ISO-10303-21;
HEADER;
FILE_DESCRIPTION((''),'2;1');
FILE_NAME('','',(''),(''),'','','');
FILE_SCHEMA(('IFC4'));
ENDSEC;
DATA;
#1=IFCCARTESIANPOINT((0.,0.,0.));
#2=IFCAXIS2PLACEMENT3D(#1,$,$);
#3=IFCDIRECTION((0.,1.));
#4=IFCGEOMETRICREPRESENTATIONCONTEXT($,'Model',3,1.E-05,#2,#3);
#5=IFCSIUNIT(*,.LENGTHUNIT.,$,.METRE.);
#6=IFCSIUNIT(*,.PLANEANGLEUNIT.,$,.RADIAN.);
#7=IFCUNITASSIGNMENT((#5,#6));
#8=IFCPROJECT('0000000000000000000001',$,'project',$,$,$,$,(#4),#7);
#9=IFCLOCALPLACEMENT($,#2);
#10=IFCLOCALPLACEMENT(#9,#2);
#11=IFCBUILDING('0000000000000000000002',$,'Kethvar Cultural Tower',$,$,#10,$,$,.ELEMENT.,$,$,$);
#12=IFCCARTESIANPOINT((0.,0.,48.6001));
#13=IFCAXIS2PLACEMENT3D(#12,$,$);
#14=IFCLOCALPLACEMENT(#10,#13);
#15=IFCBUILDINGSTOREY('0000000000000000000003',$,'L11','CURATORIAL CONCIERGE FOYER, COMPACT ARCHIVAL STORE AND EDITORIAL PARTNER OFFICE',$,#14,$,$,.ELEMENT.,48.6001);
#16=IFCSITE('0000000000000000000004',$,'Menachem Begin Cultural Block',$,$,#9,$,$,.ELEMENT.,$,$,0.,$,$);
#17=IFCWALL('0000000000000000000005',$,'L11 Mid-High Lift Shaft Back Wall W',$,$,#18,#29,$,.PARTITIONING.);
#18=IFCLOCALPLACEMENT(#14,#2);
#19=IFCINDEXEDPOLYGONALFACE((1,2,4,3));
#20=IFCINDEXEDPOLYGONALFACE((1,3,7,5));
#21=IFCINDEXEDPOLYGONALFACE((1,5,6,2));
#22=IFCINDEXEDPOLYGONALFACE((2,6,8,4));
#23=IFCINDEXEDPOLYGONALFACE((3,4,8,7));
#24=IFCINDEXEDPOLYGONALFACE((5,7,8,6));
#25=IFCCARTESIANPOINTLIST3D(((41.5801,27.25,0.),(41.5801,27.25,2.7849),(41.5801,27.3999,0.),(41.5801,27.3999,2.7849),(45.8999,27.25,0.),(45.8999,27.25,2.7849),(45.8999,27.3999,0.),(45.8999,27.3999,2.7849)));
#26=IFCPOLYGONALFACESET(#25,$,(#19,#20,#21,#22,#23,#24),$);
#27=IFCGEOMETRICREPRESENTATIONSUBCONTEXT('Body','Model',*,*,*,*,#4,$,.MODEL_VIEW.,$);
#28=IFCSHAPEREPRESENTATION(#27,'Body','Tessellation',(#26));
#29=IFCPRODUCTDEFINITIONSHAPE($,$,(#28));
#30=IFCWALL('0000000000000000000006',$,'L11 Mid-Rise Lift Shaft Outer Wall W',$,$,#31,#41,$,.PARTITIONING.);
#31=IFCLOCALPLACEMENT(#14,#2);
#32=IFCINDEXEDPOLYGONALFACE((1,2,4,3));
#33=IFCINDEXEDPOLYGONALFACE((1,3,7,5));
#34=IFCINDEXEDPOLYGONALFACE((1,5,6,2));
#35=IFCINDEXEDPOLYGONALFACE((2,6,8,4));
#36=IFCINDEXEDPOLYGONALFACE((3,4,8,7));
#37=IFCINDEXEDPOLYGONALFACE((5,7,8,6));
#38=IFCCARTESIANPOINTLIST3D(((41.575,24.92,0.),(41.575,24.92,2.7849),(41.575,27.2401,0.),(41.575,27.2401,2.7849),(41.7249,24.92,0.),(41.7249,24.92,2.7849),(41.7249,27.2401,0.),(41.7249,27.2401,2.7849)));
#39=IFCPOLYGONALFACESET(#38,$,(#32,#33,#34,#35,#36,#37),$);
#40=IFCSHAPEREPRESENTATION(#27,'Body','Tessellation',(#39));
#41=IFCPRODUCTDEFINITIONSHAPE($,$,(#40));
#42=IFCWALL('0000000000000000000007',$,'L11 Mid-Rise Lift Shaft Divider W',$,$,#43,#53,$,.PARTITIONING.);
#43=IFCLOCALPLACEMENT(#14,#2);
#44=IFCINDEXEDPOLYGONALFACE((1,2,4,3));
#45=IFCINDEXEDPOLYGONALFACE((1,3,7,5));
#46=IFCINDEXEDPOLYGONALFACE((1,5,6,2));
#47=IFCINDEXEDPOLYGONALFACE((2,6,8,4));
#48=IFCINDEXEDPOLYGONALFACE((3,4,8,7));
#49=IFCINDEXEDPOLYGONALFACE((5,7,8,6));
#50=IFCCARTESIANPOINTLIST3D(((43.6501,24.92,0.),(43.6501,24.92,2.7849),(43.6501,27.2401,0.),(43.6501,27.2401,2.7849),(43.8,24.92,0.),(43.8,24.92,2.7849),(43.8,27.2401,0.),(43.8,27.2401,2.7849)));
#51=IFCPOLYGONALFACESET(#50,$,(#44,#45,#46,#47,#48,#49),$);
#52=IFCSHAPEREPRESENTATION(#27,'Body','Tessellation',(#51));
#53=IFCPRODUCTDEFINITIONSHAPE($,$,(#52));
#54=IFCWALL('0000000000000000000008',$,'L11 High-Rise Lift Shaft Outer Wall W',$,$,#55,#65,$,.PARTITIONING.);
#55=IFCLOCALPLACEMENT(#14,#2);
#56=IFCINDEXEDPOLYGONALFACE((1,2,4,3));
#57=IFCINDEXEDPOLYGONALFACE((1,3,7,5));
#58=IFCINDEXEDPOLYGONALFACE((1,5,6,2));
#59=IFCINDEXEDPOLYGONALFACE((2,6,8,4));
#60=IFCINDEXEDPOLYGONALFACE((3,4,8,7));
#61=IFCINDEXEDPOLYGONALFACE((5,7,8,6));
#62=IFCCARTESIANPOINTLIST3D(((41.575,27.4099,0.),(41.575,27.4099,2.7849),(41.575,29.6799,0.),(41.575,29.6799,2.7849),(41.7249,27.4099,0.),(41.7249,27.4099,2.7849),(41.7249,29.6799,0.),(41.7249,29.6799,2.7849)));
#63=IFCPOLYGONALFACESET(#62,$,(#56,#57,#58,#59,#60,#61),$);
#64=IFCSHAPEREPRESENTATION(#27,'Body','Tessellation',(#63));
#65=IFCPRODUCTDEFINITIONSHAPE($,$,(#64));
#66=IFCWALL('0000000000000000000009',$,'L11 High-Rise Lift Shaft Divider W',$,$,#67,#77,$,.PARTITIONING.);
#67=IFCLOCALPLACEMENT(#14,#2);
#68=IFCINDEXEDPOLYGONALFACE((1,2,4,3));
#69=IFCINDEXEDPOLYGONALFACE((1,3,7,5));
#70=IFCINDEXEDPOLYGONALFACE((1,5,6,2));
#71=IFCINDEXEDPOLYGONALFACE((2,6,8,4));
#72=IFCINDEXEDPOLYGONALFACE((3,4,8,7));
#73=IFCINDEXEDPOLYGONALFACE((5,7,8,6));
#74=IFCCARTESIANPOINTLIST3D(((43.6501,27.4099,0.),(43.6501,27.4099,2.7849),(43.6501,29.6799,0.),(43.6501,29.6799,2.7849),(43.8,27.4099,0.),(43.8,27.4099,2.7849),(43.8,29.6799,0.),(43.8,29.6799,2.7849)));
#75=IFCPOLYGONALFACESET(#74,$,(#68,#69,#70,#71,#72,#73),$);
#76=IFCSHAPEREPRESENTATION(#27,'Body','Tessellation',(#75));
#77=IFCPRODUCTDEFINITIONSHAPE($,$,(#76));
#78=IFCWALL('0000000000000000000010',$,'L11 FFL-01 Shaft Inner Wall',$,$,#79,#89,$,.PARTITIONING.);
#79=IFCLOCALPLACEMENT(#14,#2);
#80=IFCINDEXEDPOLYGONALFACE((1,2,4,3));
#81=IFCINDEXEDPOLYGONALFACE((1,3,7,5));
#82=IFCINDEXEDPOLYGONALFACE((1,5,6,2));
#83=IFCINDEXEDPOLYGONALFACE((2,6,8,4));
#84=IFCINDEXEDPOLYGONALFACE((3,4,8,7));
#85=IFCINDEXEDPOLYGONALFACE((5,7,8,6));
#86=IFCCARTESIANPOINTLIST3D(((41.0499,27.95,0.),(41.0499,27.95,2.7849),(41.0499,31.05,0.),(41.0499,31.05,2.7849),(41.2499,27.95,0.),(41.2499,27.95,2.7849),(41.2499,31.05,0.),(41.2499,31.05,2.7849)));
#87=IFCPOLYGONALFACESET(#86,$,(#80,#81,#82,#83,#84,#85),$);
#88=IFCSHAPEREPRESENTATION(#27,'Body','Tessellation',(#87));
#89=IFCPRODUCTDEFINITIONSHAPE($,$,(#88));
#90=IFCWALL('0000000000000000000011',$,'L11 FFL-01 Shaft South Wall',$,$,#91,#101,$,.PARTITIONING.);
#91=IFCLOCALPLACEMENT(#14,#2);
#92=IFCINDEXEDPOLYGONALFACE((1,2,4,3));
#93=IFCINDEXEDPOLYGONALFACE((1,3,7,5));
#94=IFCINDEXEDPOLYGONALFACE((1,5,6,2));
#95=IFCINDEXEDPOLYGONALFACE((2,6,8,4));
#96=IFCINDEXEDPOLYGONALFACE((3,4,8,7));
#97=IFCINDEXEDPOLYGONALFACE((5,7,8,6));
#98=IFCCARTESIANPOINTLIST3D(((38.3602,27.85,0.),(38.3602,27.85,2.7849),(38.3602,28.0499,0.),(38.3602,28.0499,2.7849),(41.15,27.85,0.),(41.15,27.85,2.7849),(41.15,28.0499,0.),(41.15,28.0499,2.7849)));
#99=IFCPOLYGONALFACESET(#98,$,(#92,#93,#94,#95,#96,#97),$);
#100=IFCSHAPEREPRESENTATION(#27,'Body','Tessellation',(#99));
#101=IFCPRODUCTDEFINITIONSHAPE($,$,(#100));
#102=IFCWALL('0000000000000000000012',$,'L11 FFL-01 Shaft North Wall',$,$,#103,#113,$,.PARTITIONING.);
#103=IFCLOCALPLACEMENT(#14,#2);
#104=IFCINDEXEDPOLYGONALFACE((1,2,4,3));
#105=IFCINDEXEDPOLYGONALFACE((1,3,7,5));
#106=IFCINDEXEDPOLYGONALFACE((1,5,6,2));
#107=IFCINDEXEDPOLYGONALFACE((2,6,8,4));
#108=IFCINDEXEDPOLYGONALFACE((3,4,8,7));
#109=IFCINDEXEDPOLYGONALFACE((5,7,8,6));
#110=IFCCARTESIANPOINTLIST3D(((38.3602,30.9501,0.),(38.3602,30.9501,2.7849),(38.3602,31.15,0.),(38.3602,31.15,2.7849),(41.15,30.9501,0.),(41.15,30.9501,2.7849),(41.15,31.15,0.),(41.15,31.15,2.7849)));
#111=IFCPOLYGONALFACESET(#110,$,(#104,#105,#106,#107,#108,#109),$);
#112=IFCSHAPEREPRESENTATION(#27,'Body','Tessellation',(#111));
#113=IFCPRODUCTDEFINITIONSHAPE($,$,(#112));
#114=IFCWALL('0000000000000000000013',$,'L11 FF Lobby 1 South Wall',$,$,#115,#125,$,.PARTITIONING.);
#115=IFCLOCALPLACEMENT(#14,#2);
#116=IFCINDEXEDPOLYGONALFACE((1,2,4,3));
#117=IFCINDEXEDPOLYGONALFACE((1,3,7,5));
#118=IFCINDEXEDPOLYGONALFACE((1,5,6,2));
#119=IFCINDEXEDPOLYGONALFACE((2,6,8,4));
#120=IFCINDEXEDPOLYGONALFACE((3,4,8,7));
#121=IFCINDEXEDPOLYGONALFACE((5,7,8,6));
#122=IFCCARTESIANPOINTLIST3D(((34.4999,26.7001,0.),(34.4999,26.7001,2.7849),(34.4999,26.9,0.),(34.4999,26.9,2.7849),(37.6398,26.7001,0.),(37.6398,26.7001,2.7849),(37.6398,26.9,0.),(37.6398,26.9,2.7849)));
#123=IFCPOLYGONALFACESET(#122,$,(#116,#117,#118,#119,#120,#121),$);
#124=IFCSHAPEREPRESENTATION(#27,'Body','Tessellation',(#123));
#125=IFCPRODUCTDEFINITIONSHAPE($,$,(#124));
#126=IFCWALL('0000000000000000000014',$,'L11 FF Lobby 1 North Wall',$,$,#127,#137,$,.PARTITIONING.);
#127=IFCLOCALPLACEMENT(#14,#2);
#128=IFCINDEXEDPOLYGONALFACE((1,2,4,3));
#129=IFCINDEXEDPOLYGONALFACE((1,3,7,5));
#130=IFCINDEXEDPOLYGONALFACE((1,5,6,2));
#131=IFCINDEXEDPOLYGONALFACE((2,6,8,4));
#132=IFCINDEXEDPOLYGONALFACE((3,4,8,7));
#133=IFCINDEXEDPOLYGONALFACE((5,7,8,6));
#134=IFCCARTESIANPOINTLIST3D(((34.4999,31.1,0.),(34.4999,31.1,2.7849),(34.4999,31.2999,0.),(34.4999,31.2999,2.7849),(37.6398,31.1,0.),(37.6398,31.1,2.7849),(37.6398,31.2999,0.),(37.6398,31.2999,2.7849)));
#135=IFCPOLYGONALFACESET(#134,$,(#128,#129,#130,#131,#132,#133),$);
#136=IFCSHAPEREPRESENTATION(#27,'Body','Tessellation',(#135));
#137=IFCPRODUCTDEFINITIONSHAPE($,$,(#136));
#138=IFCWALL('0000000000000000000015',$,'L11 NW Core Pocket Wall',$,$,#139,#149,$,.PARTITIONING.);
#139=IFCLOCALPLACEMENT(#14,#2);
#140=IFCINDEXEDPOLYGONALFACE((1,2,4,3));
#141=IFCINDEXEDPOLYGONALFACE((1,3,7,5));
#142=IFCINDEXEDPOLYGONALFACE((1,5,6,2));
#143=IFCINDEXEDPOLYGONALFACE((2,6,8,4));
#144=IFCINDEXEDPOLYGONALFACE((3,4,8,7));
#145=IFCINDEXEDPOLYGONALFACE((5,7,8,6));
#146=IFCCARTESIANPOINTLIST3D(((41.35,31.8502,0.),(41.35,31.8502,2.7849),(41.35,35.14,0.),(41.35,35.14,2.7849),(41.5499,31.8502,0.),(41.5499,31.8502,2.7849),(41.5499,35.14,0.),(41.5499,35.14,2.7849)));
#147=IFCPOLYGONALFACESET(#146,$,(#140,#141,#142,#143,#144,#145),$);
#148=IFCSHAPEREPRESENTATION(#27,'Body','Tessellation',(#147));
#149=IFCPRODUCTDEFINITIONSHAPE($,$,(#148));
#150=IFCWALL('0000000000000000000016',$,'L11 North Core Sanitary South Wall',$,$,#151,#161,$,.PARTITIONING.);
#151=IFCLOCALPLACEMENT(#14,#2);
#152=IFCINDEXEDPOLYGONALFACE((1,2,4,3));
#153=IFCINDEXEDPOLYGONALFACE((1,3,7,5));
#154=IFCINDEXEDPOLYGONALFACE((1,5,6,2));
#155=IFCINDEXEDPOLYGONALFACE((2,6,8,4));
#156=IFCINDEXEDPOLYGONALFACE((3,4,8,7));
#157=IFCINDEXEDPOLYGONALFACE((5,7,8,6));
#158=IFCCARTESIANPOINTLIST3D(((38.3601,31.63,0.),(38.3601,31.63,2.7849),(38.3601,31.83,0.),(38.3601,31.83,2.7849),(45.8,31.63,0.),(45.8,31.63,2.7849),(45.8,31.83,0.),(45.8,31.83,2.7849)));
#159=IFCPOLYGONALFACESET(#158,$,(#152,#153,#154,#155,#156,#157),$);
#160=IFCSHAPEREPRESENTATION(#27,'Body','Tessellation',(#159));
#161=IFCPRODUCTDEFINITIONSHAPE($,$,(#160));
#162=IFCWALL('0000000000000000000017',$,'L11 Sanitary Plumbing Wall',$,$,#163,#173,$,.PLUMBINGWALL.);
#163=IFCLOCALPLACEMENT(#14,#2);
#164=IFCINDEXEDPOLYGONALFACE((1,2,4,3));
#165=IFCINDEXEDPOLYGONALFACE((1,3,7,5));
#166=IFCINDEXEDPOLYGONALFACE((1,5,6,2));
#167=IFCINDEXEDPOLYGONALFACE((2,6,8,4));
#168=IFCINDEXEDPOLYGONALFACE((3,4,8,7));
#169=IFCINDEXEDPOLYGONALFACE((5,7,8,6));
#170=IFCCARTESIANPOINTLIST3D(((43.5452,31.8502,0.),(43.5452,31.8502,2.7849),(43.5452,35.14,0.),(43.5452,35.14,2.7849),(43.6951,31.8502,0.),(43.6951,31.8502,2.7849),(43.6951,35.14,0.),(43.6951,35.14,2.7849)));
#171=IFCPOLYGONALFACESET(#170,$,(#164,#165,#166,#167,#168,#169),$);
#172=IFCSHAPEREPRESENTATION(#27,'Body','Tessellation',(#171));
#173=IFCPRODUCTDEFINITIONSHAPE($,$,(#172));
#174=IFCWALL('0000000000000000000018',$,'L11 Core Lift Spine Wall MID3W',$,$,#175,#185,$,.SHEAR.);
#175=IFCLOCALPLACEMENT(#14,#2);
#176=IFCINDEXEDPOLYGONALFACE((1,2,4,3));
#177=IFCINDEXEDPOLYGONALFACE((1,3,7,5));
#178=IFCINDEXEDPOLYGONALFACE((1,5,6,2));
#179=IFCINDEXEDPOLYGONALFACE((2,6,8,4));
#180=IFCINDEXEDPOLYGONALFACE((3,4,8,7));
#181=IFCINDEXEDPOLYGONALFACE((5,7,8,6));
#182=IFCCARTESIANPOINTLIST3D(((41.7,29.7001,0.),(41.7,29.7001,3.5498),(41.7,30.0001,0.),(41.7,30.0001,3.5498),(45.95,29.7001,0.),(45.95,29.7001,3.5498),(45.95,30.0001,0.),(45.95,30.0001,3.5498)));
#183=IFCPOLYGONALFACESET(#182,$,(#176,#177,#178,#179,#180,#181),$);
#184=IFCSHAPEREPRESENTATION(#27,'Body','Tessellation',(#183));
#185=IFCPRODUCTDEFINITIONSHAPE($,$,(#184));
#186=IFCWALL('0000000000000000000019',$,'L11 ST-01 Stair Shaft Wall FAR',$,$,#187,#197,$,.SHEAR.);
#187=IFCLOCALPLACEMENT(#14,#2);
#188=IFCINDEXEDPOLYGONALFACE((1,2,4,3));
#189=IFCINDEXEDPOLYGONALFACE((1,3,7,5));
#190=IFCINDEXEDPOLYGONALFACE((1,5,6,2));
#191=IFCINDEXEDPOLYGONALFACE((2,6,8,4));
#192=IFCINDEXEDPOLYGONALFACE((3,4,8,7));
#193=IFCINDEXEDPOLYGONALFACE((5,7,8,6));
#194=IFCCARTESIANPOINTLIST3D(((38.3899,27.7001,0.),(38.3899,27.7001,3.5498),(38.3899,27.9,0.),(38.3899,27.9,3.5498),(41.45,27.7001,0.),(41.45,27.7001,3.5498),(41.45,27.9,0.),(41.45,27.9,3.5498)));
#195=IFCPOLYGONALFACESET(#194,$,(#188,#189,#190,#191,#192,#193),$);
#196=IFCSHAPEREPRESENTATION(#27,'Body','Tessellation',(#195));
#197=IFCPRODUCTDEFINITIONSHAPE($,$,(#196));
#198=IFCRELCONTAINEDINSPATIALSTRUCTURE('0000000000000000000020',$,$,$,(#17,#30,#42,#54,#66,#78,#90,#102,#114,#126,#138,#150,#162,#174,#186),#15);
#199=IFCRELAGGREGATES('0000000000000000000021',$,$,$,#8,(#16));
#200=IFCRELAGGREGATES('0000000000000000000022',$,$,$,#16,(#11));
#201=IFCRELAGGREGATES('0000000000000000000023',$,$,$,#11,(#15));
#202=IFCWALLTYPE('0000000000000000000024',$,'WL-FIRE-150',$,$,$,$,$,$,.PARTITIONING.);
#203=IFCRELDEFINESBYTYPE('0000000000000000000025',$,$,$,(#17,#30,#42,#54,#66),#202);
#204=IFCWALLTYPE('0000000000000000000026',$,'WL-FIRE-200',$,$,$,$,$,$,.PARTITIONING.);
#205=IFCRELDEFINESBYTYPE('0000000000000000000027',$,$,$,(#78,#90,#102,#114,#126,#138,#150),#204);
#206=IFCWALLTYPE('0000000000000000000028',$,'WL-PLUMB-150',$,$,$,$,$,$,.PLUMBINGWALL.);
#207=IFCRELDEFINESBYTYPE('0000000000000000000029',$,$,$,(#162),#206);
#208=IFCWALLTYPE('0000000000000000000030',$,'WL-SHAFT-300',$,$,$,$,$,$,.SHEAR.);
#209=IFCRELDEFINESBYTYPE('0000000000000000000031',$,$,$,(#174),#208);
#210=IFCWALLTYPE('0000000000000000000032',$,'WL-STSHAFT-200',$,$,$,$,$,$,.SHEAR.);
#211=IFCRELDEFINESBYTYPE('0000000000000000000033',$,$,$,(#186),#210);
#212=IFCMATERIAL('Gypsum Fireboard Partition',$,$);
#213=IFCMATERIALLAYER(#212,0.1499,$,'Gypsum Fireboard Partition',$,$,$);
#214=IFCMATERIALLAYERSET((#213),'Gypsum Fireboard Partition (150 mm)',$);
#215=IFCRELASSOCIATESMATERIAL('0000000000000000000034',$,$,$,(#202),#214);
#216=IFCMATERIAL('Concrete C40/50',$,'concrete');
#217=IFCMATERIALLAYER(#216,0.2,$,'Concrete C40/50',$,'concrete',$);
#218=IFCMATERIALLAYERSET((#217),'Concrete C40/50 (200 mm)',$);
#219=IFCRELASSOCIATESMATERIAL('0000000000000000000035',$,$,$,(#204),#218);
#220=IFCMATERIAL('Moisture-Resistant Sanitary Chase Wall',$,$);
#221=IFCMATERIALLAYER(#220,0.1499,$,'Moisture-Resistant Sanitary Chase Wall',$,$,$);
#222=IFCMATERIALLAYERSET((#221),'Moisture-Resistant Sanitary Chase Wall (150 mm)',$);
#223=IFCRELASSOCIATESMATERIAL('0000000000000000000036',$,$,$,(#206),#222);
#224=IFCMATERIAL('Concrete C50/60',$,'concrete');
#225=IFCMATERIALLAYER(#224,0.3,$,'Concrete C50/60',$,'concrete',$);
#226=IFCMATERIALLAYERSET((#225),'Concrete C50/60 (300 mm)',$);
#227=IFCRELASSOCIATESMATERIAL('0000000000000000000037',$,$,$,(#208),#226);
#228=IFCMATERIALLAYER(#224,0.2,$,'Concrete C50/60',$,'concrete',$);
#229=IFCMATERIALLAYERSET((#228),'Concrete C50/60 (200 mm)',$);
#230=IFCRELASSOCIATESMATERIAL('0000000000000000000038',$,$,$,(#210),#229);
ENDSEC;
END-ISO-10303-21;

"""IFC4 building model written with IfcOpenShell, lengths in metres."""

from ifc_helpers import new_model, si_unit, direction, frame, frame_2d, origin, place, context, subcontext, project, spatial, rectangle, extrude, material, layer, layer_set, type_object, element, save


model = new_model("IFC4")

# Units and contexts
model_context = context("Model", 3, precision=1e-05, world=origin(), true_north=direction((0.0, 1.0)))
body_context = subcontext(model_context, "Body", "Model", "MODEL_VIEW")
ifc_project = project(units=[si_unit("LENGTHUNIT", "METRE"), si_unit("PLANEANGLEUNIT", "RADIAN")], contexts=[model_context])

# Site, building, storey
site_placement = place(None, origin())
site = spatial("IfcSite", under=ifc_project, at=site_placement, Name="Menachem Begin Cultural Block", CompositionType="ELEMENT", RefElevation=0.0)
building_placement = place(site_placement, origin())
building = spatial("IfcBuilding", under=site, at=building_placement, Name="Kethvar Cultural Tower", CompositionType="ELEMENT")
storey_placement = place(building_placement, frame((0.0, 0.0, 48.6001)))
storey = spatial("IfcBuildingStorey", under=building, at=storey_placement, Name="L11", Description="CURATORIAL CONCIERGE FOYER, COMPACT ARCHIVAL STORE AND EDITORIAL PARTNER OFFICE", CompositionType="ELEMENT", Elevation=48.6001)

# Walls
ifc_material_1 = material(Name="Gypsum Fireboard Partition")
ifc_layer_1 = layer(ifc_material_1, 0.1499, Name="Gypsum Fireboard Partition")
ifc_layer_set_1 = layer_set([ifc_layer_1], Name="Gypsum Fireboard Partition (150 mm)")
wall_type_1 = type_object("IfcWallType", Name="WL-FIRE-150", PredefinedType="PARTITIONING", material=ifc_layer_set_1)
wall_1_placement = place(storey_placement, frame((41.5801, 27.325, 0.0), z_axis=(0.0, 0.0, 1.0), x_axis=(1.0, 0.0, 0.0)))
element("IfcWall", 1, at=wall_1_placement, inside=storey, type_object=wall_type_1, Name="L11 Mid-High Lift Shaft Back Wall W", PredefinedType="PARTITIONING", context=body_context, shape_type="SweptSolid", body=[
    extrude(rectangle(XDim=4.3198, YDim=0.1499, at=frame_2d((2.1599, 0.0))), origin(), (0.0, 0.0, 1.0), 2.7849),
])
for number, where, z_axis, x_axis, name in (
    (2, (41.6499, 24.9199, 0.0), (0.0, 0.0, 1.0), (0.0, 1.0, 0.0), "L11 Mid-Rise Lift Shaft Outer Wall W"),
    (3, (43.7251, 24.9199, 0.0), (0.0, 0.0, 1.0), (0.0, 1.0, 0.0), "L11 Mid-Rise Lift Shaft Divider W"),
):
    element("IfcWall", number, at=place(storey_placement, frame(where, z_axis=z_axis, x_axis=x_axis)), inside=storey, type_object=wall_type_1, Name=name, PredefinedType="PARTITIONING", context=body_context, shape_type="SweptSolid", body=[
        extrude(rectangle(XDim=2.3201, YDim=0.1499, at=frame_2d((1.1602, 0.0))), origin(), (0.0, 0.0, 1.0), 2.7849),
    ])
for number, where, z_axis, x_axis, name in (
    (4, (41.6499, 27.4099, 0.0), (0.0, 0.0, 1.0), (0.0, 1.0, 0.0), "L11 High-Rise Lift Shaft Outer Wall W"),
    (5, (43.7251, 27.4099, 0.0), (0.0, 0.0, 1.0), (0.0, 1.0, 0.0), "L11 High-Rise Lift Shaft Divider W"),
):
    element("IfcWall", number, at=place(storey_placement, frame(where, z_axis=z_axis, x_axis=x_axis)), inside=storey, type_object=wall_type_1, Name=name, PredefinedType="PARTITIONING", context=body_context, shape_type="SweptSolid", body=[
        extrude(rectangle(XDim=2.27, YDim=0.1499, at=frame_2d((1.135, 0.0))), origin(), (0.0, 0.0, 1.0), 2.7849),
    ])
ifc_material_2 = material(Name="Concrete C40/50", Category="concrete")
ifc_layer_2 = layer(ifc_material_2, 0.2, Name="Concrete C40/50", Category="concrete")
ifc_layer_set_2 = layer_set([ifc_layer_2], Name="Concrete C40/50 (200 mm)")
wall_type_2 = type_object("IfcWallType", Name="WL-FIRE-200", PredefinedType="PARTITIONING", material=ifc_layer_set_2)
wall_2_placement = place(storey_placement, frame((41.1499, 27.95, 0.0), z_axis=(0.0, 0.0, 1.0), x_axis=(0.0, 1.0, 0.0)))
element("IfcWall", 6, at=wall_2_placement, inside=storey, type_object=wall_type_2, Name="L11 FFL-01 Shaft Inner Wall", PredefinedType="PARTITIONING", context=body_context, shape_type="SweptSolid", body=[
    extrude(rectangle(XDim=3.1001, YDim=0.2, at=frame_2d((1.55, 0.0))), origin(), (0.0, 0.0, 1.0), 2.7849),
])
for number, where, z_axis, x_axis, name in (
    (7, (38.3601, 27.95, 0.0), (0.0, 0.0, 1.0), (1.0, 0.0, 0.0), "L11 FFL-01 Shaft South Wall"),
    (8, (38.3601, 31.05, 0.0), (0.0, 0.0, 1.0), (1.0, 0.0, 0.0), "L11 FFL-01 Shaft North Wall"),
):
    element("IfcWall", number, at=place(storey_placement, frame(where, z_axis=z_axis, x_axis=x_axis)), inside=storey, type_object=wall_type_2, Name=name, PredefinedType="PARTITIONING", context=body_context, shape_type="SweptSolid", body=[
        extrude(rectangle(XDim=2.7898, YDim=0.2, at=frame_2d((1.395, 0.0))), origin(), (0.0, 0.0, 1.0), 2.7849),
    ])

# Walls
for number, where, z_axis, x_axis, name in (
    (9, (34.5, 26.8, 0.0), (0.0, 0.0, 1.0), (1.0, 0.0, 0.0), "L11 FF Lobby 1 South Wall"),
    (10, (34.5, 31.2, 0.0), (0.0, 0.0, 1.0), (1.0, 0.0, 0.0), "L11 FF Lobby 1 North Wall"),
):
    element("IfcWall", number, at=place(storey_placement, frame(where, z_axis=z_axis, x_axis=x_axis)), inside=storey, type_object=wall_type_2, Name=name, PredefinedType="PARTITIONING", context=body_context, shape_type="SweptSolid", body=[
        extrude(rectangle(XDim=3.1399, YDim=0.2, at=frame_2d((1.5698, 0.0))), origin(), (0.0, 0.0, 1.0), 2.7849),
    ])
wall_3_placement = place(storey_placement, frame((41.45, 31.8501, 0.0), z_axis=(0.0, 0.0, 1.0), x_axis=(0.0, 1.0, 0.0)))
element("IfcWall", 11, at=wall_3_placement, inside=storey, type_object=wall_type_2, Name="L11 NW Core Pocket Wall", PredefinedType="PARTITIONING", context=body_context, shape_type="SweptSolid", body=[
    extrude(rectangle(XDim=3.2898, YDim=0.2, at=frame_2d((1.645, 0.0))), origin(), (0.0, 0.0, 1.0), 2.7849),
])
wall_4_placement = place(storey_placement, frame((38.3601, 31.73, 0.0), z_axis=(0.0, 0.0, 1.0), x_axis=(1.0, 0.0, 0.0)))
element("IfcWall", 12, at=wall_4_placement, inside=storey, type_object=wall_type_2, Name="L11 North Core Sanitary South Wall", PredefinedType="PARTITIONING", context=body_context, shape_type="SweptSolid", body=[
    extrude(rectangle(XDim=7.4399, YDim=0.2, at=frame_2d((3.72, 0.0))), origin(), (0.0, 0.0, 1.0), 2.7849),
])
ifc_material_3 = material(Name="Moisture-Resistant Sanitary Chase Wall")
ifc_layer_3 = layer(ifc_material_3, 0.1499, Name="Moisture-Resistant Sanitary Chase Wall")
ifc_layer_set_3 = layer_set([ifc_layer_3], Name="Moisture-Resistant Sanitary Chase Wall (150 mm)")
wall_type_3 = type_object("IfcWallType", Name="WL-PLUMB-150", PredefinedType="PLUMBINGWALL", material=ifc_layer_set_3)
wall_5_placement = place(storey_placement, frame((43.6201, 31.8501, 0.0), z_axis=(0.0, 0.0, 1.0), x_axis=(0.0, 1.0, 0.0)))
element("IfcWall", 13, at=wall_5_placement, inside=storey, type_object=wall_type_3, Name="L11 Sanitary Plumbing Wall", PredefinedType="PLUMBINGWALL", context=body_context, shape_type="SweptSolid", body=[
    extrude(rectangle(XDim=3.2898, YDim=0.1499, at=frame_2d((1.645, 0.0))), origin(), (0.0, 0.0, 1.0), 2.7849),
])
ifc_material_4 = material(Name="Concrete C50/60", Category="concrete")
ifc_layer_4 = layer(ifc_material_4, 0.3, Name="Concrete C50/60", Category="concrete")
ifc_layer_set_4 = layer_set([ifc_layer_4], Name="Concrete C50/60 (300 mm)")
wall_type_4 = type_object("IfcWallType", Name="WL-SHAFT-300", PredefinedType="SHEAR", material=ifc_layer_set_4)
wall_6_placement = place(storey_placement, frame((41.7, 29.8501, 0.0), z_axis=(0.0, 0.0, 1.0), x_axis=(1.0, 0.0, 0.0)))
element("IfcWall", 14, at=wall_6_placement, inside=storey, type_object=wall_type_4, Name="L11 Core Lift Spine Wall MID3W", PredefinedType="SHEAR", context=body_context, shape_type="SweptSolid", body=[
    extrude(rectangle(XDim=4.25, YDim=0.3, at=frame_2d((2.125, 0.0))), origin(), (0.0, 0.0, 1.0), 3.5498),
])
ifc_layer_5 = layer(ifc_material_4, 0.2, Name="Concrete C50/60", Category="concrete")
ifc_layer_set_5 = layer_set([ifc_layer_5], Name="Concrete C50/60 (200 mm)")
wall_type_5 = type_object("IfcWallType", Name="WL-STSHAFT-200", PredefinedType="SHEAR", material=ifc_layer_set_5)
wall_7_placement = place(storey_placement, frame((38.3899, 27.8, 0.0), z_axis=(0.0, 0.0, 1.0), x_axis=(1.0, 0.0, 0.0)))
element("IfcWall", 15, at=wall_7_placement, inside=storey, type_object=wall_type_5, Name="L11 ST-01 Stair Shaft Wall FAR", PredefinedType="SHEAR", context=body_context, shape_type="SweptSolid", body=[
    extrude(rectangle(XDim=3.0601, YDim=0.2, at=frame_2d((1.53, 0.0))), origin(), (0.0, 0.0, 1.0), 3.5498),
])

save(model, "model.ifc")
